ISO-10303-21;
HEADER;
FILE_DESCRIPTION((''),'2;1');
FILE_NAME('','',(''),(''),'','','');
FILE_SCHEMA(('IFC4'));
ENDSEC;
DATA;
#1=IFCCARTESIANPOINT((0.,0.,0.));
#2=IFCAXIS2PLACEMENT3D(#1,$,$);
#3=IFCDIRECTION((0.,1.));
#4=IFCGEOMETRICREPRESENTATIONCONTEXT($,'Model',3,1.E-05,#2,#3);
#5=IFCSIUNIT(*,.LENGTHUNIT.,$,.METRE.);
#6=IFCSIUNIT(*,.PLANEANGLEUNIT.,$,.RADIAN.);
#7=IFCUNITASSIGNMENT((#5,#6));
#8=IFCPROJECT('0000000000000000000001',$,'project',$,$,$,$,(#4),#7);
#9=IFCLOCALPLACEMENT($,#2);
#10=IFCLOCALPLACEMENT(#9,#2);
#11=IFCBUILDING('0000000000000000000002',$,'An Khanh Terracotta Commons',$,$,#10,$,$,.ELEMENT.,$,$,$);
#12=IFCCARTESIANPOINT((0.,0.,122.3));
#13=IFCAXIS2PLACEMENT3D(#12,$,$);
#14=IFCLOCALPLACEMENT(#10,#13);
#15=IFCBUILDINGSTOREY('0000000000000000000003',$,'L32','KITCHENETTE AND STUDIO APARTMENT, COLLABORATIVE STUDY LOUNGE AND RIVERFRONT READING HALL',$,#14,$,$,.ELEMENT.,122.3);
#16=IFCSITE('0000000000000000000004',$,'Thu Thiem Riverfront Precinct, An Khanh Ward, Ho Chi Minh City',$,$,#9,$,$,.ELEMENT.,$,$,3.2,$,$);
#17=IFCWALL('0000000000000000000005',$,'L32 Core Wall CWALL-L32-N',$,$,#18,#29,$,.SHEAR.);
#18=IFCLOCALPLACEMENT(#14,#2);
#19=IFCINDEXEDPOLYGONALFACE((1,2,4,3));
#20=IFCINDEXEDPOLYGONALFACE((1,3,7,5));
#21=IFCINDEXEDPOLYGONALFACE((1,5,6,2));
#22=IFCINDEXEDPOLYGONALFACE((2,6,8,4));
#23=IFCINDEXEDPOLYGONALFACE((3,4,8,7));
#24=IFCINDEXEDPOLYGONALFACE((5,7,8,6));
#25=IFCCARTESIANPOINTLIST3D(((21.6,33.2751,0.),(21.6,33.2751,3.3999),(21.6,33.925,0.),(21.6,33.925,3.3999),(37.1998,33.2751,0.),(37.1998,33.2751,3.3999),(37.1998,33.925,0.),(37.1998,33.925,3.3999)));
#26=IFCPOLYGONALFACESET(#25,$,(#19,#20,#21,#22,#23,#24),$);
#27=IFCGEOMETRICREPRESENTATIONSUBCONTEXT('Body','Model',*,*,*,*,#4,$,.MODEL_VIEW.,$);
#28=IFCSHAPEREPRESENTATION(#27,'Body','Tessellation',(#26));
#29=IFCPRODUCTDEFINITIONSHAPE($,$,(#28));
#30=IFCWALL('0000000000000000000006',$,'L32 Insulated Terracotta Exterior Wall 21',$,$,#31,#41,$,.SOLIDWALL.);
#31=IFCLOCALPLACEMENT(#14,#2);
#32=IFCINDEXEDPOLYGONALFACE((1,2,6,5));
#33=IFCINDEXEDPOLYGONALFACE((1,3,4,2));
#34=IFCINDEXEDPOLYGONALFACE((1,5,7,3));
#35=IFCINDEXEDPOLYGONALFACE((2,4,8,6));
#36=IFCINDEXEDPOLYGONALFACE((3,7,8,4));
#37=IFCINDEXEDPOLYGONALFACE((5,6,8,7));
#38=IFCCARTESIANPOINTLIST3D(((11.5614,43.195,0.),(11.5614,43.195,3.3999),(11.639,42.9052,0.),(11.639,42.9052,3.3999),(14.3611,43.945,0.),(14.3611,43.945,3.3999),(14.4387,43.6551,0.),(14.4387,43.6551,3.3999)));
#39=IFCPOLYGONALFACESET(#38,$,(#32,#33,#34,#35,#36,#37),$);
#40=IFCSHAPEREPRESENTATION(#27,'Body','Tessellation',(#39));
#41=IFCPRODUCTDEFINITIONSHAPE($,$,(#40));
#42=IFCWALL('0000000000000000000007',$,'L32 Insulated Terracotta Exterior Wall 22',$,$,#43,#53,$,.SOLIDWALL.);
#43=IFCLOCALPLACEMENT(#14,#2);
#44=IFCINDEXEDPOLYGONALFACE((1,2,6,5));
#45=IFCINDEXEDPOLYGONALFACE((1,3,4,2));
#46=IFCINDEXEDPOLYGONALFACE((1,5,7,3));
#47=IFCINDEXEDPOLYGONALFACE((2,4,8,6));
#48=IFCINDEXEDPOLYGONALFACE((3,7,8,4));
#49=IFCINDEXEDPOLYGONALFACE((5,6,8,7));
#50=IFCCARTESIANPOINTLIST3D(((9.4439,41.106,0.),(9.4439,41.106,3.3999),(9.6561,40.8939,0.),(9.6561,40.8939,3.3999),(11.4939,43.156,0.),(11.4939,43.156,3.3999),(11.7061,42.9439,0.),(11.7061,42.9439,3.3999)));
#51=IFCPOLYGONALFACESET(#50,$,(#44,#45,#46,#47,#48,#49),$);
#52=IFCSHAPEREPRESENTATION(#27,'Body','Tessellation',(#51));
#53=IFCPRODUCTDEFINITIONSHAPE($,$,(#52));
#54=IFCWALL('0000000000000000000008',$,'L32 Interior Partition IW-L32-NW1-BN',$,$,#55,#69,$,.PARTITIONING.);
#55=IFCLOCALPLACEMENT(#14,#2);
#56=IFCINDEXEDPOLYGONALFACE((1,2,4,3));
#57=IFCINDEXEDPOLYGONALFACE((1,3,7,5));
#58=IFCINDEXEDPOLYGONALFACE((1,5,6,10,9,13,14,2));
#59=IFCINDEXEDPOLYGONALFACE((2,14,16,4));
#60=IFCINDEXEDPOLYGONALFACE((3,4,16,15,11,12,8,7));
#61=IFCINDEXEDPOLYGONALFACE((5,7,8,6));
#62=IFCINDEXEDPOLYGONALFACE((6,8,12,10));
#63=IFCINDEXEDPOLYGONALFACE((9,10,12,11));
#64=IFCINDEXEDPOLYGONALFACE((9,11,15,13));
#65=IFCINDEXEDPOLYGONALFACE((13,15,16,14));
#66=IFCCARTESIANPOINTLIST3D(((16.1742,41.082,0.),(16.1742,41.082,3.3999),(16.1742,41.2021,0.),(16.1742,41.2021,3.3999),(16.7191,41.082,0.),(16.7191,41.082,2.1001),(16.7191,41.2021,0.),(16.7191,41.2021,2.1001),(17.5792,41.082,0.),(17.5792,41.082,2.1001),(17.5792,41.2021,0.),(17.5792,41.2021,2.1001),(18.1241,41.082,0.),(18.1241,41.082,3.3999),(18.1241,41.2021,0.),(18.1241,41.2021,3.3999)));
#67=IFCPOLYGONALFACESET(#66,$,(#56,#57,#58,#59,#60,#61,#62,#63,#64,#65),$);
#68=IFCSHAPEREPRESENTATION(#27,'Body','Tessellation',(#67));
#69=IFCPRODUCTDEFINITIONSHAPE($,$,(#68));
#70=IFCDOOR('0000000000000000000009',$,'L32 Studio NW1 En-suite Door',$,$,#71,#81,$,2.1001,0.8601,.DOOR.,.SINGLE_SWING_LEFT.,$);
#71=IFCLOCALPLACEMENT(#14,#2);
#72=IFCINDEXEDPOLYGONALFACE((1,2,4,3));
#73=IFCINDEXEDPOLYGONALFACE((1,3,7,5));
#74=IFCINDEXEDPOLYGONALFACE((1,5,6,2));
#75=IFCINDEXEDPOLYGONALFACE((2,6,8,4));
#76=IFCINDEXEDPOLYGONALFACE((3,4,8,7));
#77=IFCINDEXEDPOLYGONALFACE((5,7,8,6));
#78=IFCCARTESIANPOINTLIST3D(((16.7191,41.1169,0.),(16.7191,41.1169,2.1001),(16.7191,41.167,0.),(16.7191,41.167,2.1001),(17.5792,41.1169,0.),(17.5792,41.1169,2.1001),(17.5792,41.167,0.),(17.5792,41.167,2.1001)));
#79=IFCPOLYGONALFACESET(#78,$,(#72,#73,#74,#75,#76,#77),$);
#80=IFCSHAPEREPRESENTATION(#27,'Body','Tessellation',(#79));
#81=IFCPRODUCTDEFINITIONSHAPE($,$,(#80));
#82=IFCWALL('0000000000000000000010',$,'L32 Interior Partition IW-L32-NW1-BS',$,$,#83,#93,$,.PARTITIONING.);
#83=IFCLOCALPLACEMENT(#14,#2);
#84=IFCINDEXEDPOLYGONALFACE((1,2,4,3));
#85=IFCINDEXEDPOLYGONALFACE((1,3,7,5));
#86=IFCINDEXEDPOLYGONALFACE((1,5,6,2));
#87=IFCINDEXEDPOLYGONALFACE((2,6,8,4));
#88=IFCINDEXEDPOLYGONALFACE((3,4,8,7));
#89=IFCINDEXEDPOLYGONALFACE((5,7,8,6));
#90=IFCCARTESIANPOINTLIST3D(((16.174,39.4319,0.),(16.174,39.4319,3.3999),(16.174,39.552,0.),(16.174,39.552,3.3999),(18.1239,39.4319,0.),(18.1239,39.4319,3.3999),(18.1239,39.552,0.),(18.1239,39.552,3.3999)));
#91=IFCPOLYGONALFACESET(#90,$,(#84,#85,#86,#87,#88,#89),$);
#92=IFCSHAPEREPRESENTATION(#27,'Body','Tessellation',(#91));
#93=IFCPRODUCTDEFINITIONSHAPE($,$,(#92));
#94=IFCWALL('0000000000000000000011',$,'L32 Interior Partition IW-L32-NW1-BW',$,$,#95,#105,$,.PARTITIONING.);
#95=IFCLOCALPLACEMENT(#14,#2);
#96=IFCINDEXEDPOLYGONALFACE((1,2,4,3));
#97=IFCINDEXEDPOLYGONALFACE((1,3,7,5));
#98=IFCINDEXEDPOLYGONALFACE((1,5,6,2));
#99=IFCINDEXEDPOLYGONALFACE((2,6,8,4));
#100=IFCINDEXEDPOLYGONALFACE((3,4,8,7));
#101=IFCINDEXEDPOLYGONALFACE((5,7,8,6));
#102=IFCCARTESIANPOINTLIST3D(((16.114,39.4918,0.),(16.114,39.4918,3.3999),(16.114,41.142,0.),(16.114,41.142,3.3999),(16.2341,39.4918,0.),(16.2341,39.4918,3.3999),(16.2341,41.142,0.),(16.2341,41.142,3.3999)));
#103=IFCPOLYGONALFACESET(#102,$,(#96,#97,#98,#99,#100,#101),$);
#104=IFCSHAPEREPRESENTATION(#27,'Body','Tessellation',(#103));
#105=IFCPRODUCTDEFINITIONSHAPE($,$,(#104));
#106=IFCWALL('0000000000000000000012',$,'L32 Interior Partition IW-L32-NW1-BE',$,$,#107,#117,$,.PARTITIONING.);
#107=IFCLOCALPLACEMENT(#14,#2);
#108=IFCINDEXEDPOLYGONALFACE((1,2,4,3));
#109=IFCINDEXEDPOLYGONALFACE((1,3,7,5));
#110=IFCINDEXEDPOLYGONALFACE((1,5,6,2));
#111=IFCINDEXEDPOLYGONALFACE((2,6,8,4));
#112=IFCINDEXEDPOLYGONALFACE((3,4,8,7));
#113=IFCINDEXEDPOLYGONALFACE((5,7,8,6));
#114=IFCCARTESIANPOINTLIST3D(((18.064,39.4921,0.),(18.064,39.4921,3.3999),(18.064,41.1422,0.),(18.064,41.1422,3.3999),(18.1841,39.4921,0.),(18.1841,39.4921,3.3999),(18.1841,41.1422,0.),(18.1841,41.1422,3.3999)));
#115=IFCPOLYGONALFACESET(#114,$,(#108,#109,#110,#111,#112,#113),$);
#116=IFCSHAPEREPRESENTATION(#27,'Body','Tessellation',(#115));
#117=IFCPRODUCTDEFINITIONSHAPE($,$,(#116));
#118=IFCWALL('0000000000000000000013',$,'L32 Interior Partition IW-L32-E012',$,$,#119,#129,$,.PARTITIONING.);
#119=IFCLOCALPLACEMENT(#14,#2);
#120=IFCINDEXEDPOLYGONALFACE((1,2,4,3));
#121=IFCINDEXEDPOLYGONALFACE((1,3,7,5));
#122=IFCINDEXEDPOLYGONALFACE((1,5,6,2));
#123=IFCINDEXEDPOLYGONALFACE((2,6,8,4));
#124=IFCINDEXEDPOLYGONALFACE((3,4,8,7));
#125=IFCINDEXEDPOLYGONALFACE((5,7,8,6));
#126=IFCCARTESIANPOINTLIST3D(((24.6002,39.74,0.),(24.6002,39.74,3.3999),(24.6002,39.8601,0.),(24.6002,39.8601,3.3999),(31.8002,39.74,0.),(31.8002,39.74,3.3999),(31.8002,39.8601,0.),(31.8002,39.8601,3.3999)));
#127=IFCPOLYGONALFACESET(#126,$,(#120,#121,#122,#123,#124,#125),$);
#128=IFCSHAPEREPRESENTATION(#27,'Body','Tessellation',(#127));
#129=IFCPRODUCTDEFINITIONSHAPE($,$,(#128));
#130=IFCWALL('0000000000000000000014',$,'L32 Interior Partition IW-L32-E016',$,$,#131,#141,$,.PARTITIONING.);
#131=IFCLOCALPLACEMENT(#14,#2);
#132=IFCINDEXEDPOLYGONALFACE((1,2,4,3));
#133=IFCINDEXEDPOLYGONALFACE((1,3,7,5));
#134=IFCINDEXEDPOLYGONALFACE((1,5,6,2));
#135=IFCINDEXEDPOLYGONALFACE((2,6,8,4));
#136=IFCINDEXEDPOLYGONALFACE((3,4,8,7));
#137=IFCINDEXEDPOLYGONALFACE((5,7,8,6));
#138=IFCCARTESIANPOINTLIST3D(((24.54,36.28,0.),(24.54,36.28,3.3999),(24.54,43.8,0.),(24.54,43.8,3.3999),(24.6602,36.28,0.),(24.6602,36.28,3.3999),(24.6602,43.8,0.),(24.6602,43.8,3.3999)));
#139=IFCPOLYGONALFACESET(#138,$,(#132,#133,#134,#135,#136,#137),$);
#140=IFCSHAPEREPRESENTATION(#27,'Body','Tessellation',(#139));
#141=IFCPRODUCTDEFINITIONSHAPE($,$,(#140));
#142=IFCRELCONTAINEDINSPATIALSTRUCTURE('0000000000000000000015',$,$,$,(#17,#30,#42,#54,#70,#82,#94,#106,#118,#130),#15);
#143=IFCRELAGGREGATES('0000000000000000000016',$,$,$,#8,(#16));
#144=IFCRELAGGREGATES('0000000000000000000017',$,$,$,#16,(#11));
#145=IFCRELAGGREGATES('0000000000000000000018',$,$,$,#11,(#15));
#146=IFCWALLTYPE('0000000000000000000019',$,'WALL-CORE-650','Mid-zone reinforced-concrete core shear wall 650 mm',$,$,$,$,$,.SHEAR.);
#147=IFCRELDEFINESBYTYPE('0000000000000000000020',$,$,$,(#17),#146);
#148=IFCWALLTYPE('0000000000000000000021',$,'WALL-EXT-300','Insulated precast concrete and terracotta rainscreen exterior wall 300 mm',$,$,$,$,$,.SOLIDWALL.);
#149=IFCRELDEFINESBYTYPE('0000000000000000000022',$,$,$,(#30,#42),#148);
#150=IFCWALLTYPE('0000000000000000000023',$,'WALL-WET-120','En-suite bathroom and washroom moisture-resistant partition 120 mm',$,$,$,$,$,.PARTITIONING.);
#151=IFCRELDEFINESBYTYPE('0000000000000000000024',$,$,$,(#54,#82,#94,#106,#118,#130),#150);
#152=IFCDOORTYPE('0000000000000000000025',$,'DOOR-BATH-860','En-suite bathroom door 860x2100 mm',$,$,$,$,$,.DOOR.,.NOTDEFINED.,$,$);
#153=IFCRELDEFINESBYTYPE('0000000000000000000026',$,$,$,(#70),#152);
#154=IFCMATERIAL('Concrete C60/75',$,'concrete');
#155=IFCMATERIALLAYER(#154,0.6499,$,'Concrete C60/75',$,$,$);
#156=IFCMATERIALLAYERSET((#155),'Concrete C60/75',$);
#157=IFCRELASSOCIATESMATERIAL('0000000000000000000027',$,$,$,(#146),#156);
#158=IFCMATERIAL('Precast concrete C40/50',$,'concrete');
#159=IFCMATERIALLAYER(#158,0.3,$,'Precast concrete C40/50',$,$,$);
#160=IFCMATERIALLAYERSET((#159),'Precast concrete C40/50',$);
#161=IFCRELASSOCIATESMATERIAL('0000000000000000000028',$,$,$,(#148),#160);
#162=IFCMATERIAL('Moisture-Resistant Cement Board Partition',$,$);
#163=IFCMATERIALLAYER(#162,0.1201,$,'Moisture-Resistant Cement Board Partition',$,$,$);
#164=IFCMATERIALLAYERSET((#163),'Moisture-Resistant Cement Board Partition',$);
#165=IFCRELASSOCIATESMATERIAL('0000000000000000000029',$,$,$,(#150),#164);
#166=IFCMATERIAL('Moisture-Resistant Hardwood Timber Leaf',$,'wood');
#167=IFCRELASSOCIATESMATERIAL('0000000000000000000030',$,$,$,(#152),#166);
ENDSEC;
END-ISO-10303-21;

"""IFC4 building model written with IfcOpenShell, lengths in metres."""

from ifc_helpers import new_model, si_unit, direction, frame, frame_2d, origin, place, context, subcontext, project, spatial, rectangle, extrude, material, layer, layer_set, type_object, element, fill, save


model = new_model("IFC4")

# Units and contexts
model_context = context("Model", 3, precision=1e-05, world=origin(), true_north=direction((0.0, 1.0)))
body_context = subcontext(model_context, "Body", "Model", "MODEL_VIEW")
ifc_project = project(units=[si_unit("LENGTHUNIT", "METRE"), si_unit("PLANEANGLEUNIT", "RADIAN")], contexts=[model_context])

# Site, building, storey
site_placement = place(None, origin())
site = spatial("IfcSite", under=ifc_project, at=site_placement, Name="Thu Thiem Riverfront Precinct, An Khanh Ward, Ho Chi Minh City", CompositionType="ELEMENT", RefElevation=3.2)
building_placement = place(site_placement, origin())
building = spatial("IfcBuilding", under=site, at=building_placement, Name="An Khanh Terracotta Commons", CompositionType="ELEMENT")
storey_placement = place(building_placement, frame((0.0, 0.0, 122.3)))
storey = spatial("IfcBuildingStorey", under=building, at=storey_placement, Name="L32", Description="KITCHENETTE AND STUDIO APARTMENT, COLLABORATIVE STUDY LOUNGE AND RIVERFRONT READING HALL", CompositionType="ELEMENT", Elevation=122.3)

# Walls
ifc_material_1 = material(Name="Concrete C60/75", Category="concrete")
ifc_layer_1 = layer(ifc_material_1, 0.6499, Name="Concrete C60/75")
ifc_layer_set_1 = layer_set([ifc_layer_1], Name="Concrete C60/75")
wall_type_1 = type_object("IfcWallType", Name="WALL-CORE-650", Description="Mid-zone reinforced-concrete core shear wall 650 mm", PredefinedType="SHEAR", material=ifc_layer_set_1)
wall_1_placement = place(storey_placement, frame((21.6001, 33.6001, 0.0), z_axis=(0.0, 0.0, 1.0), x_axis=(1.0, 0.0, 0.0)))
element("IfcWall", 1, at=wall_1_placement, inside=storey, type_object=wall_type_1, Name="L32 Core Wall CWALL-L32-N", PredefinedType="SHEAR", context=body_context, shape_type="SweptSolid", body=[
    extrude(rectangle(XDim=15.5999, YDim=0.6499, at=frame_2d((7.7998, 0.0))), origin(), (0.0, 0.0, 1.0), 3.3999),
])
ifc_material_2 = material(Name="Precast concrete C40/50", Category="concrete")
ifc_layer_2 = layer(ifc_material_2, 0.3, Name="Precast concrete C40/50")
ifc_layer_set_2 = layer_set([ifc_layer_2], Name="Precast concrete C40/50")
wall_type_2 = type_object("IfcWallType", Name="WALL-EXT-300", Description="Insulated precast concrete and terracotta rainscreen exterior wall 300 mm", PredefinedType="SOLIDWALL", material=ifc_layer_set_2)
wall_2_placement = place(storey_placement, frame((14.3999, 43.8, 0.0), z_axis=(0.0, 0.0, 1.0), x_axis=(-0.965944, -0.258753, 0.0)))
element("IfcWall", 2, at=wall_2_placement, inside=storey, type_object=wall_type_2, Name="L32 Insulated Terracotta Exterior Wall 21", PredefinedType="SOLIDWALL", context=body_context, shape_type="SweptSolid", body=[
    extrude(rectangle(XDim=2.8984, YDim=0.3, at=frame_2d((1.4492, 0.0))), origin(), (0.0, 0.0, 1.0), 3.3999),
])
wall_3_placement = place(storey_placement, frame((11.6001, 43.05, 0.0), z_axis=(0.0, 0.0, 1.0), x_axis=(-0.707107, -0.707107, 0.0)))
element("IfcWall", 3, at=wall_3_placement, inside=storey, type_object=wall_type_2, Name="L32 Insulated Terracotta Exterior Wall 22", PredefinedType="SOLIDWALL", context=body_context, shape_type="SweptSolid", body=[
    extrude(rectangle(XDim=2.8992, YDim=0.3, at=frame_2d((1.4497, 0.0))), origin(), (0.0, 0.0, 1.0), 3.3999),
])

# Wall, opening, door
ifc_material_3 = material(Name="Moisture-Resistant Cement Board Partition")
ifc_layer_3 = layer(ifc_material_3, 0.1201, Name="Moisture-Resistant Cement Board Partition")
ifc_layer_set_3 = layer_set([ifc_layer_3], Name="Moisture-Resistant Cement Board Partition")
wall_type_3 = type_object("IfcWallType", Name="WALL-WET-120", Description="En-suite bathroom and washroom moisture-resistant partition 120 mm", PredefinedType="PARTITIONING", material=ifc_layer_set_3)
wall_4_placement = place(storey_placement, frame((16.1741, 41.1421, 0.0), z_axis=(0.0, 0.0, 1.0), x_axis=(1.0, 0.0, 0.0)))
wall_4 = element("IfcWall", 4, at=wall_4_placement, inside=storey, type_object=wall_type_3, Name="L32 Interior Partition IW-L32-NW1-BN", PredefinedType="PARTITIONING", context=body_context, shape_type="SweptSolid", body=[
    extrude(rectangle(XDim=1.95, YDim=0.1201, at=frame_2d((0.9751, 0.0))), origin(), (0.0, 0.0, 1.0), 3.3999),
])
opening_placement = place(wall_4_placement, frame((0.5449, 0.0, 0.0)))
opening = element("IfcOpeningElement", 5, at=opening_placement, cuts=wall_4, PredefinedType="OPENING", context=body_context, shape_type="SweptSolid", body=[
    extrude(rectangle(XDim=0.8601, YDim=2.1001, at=frame_2d((0.4302, 1.05))), frame((0.0, 0.0701, 0.0), z_axis=(0.0, -1.0, 0.0), x_axis=(1.0, 0.0, 0.0)), (0.0, 0.0, 1.0), 0.1401),
])
ifc_material_4 = material(Name="Moisture-Resistant Hardwood Timber Leaf", Category="wood")
door_type = type_object("IfcDoorType", Name="DOOR-BATH-860", Description="En-suite bathroom door 860x2100 mm", OperationType="NOTDEFINED", PredefinedType="DOOR", material=ifc_material_4)
door_placement = place(opening_placement, origin())
door = element("IfcDoor", 6, at=door_placement, inside=storey, type_object=door_type, Name="L32 Studio NW1 En-suite Door", OperationType="SINGLE_SWING_LEFT", OverallHeight=2.1001, OverallWidth=0.8601, PredefinedType="DOOR", context=body_context, shape_type="SweptSolid", body=[
    extrude(rectangle(XDim=0.8601, YDim=2.1001, at=frame_2d((0.4302, 1.05))), frame((0.0, 0.0249, 0.0), z_axis=(0.0, -1.0, 0.0), x_axis=(1.0, 0.0, 0.0)), (0.0, 0.0, 1.0), 0.05),
])
fill(opening, door)

# Walls
wall_5_placement = place(storey_placement, frame((18.124, 39.4919, 0.0), z_axis=(0.0, 0.0, 1.0), x_axis=(-1.0, 0.0, 0.0)))
element("IfcWall", 7, at=wall_5_placement, inside=storey, type_object=wall_type_3, Name="L32 Interior Partition IW-L32-NW1-BS", PredefinedType="PARTITIONING", context=body_context, shape_type="SweptSolid", body=[
    extrude(rectangle(XDim=1.95, YDim=0.1201, at=frame_2d((0.9751, 0.0))), origin(), (0.0, 0.0, 1.0), 3.3999),
])
for number, where, z_axis, x_axis, name in (
    (8, (16.1741, 41.1421, 0.0), (0.0, 0.0, 1.0), (0.0, -1.0, 0.0), "L32 Interior Partition IW-L32-NW1-BW"),
    (9, (18.124, 39.4919, 0.0), (0.0, 0.0, 1.0), (0.0, 1.0, 0.0), "L32 Interior Partition IW-L32-NW1-BE"),
):
    element("IfcWall", number, at=place(storey_placement, frame(where, z_axis=z_axis, x_axis=x_axis)), inside=storey, type_object=wall_type_3, Name=name, PredefinedType="PARTITIONING", context=body_context, shape_type="SweptSolid", body=[
        extrude(rectangle(XDim=1.6501, YDim=0.1201, at=frame_2d((0.8252, 0.0))), origin(), (0.0, 0.0, 1.0), 3.3999),
    ])
wall_6_placement = place(storey_placement, frame((24.6001, 39.8, 0.0), z_axis=(0.0, 0.0, 1.0), x_axis=(1.0, 0.0, 0.0)))
element("IfcWall", 10, at=wall_6_placement, inside=storey, type_object=wall_type_3, Name="L32 Interior Partition IW-L32-E012", PredefinedType="PARTITIONING", context=body_context, shape_type="SweptSolid", body=[
    extrude(rectangle(XDim=7.2, YDim=0.1201, at=frame_2d((3.6001, 0.0))), origin(), (0.0, 0.0, 1.0), 3.3999),
])
wall_7_placement = place(storey_placement, frame((24.6001, 36.28, 0.0), z_axis=(0.0, 0.0, 1.0), x_axis=(0.0, 1.0, 0.0)))
element("IfcWall", 11, at=wall_7_placement, inside=storey, type_object=wall_type_3, Name="L32 Interior Partition IW-L32-E016", PredefinedType="PARTITIONING", context=body_context, shape_type="SweptSolid", body=[
    extrude(rectangle(XDim=7.52, YDim=0.1201, at=frame_2d((3.76, 0.0))), origin(), (0.0, 0.0, 1.0), 3.3999),
])

save(model, "model.ifc")
